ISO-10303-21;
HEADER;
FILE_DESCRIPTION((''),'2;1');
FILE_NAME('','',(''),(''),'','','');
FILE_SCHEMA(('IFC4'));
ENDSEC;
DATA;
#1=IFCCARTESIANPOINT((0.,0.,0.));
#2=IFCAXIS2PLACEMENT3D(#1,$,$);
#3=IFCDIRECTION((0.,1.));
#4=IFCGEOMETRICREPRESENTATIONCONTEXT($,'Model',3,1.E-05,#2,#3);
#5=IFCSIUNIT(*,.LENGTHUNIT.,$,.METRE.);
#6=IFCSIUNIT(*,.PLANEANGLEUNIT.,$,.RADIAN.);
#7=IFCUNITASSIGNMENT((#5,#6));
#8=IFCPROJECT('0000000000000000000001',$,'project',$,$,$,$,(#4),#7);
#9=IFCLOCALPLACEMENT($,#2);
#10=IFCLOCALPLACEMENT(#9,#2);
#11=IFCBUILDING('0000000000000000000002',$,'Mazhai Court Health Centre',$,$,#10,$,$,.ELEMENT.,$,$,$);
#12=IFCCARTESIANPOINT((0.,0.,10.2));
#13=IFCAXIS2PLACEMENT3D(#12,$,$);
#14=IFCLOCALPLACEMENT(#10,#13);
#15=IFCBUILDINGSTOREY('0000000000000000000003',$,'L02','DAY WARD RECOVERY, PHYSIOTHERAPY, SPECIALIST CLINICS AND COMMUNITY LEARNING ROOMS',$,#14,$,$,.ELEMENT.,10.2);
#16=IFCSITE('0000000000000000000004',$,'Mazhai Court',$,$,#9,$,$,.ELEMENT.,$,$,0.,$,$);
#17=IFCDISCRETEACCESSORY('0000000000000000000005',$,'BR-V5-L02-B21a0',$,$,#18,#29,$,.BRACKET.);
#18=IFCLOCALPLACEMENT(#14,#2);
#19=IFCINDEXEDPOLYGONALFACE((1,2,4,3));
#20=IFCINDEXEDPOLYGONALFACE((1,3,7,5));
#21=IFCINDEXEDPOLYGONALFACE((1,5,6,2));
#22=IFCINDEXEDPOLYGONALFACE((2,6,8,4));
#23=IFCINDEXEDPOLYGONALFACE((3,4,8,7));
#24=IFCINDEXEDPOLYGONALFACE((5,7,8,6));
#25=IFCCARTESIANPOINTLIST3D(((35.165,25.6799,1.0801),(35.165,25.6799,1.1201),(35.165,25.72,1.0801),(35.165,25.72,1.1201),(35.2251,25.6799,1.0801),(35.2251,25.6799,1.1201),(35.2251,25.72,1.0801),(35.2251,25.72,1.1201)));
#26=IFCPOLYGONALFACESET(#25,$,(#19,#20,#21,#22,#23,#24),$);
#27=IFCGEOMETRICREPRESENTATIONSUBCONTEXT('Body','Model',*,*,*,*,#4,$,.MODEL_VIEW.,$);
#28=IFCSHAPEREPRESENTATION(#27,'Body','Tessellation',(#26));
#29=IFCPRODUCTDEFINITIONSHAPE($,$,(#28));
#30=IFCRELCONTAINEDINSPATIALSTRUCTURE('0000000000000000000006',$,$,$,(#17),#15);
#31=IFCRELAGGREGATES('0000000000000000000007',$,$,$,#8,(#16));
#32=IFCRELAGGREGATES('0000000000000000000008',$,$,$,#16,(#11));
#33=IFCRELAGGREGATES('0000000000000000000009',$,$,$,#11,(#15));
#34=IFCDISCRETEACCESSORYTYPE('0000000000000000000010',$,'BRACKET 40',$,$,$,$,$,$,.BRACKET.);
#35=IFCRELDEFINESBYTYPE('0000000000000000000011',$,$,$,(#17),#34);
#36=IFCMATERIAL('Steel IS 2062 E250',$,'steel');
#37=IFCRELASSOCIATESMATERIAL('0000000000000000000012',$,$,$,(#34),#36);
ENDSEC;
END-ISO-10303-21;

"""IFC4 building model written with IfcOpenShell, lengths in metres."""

from ifc_helpers import new_model, si_unit, direction, frame, origin, origin_2d, place, context, subcontext, project, spatial, rectangle, extrude, material, type_object, element, save


model = new_model("IFC4")

# Units and contexts
model_context = context("Model", 3, precision=1e-05, world=origin(), true_north=direction((0.0, 1.0)))
body_context = subcontext(model_context, "Body", "Model", "MODEL_VIEW")
ifc_project = project(units=[si_unit("LENGTHUNIT", "METRE"), si_unit("PLANEANGLEUNIT", "RADIAN")], contexts=[model_context])

# Site, building, storey
site_placement = place(None, origin())
site = spatial("IfcSite", under=ifc_project, at=site_placement, Name="Mazhai Court", CompositionType="ELEMENT", RefElevation=0.0)
building_placement = place(site_placement, origin())
building = spatial("IfcBuilding", under=site, at=building_placement, Name="Mazhai Court Health Centre", CompositionType="ELEMENT")
storey_placement = place(building_placement, frame((0.0, 0.0, 10.2)))
storey = spatial("IfcBuildingStorey", under=building, at=storey_placement, Name="L02", Description="DAY WARD RECOVERY, PHYSIOTHERAPY, SPECIALIST CLINICS AND COMMUNITY LEARNING ROOMS", CompositionType="ELEMENT", Elevation=10.2)

# Discrete accessory
ifc_material_1 = material(Name="Steel IS 2062 E250", Category="steel")
discrete_accessory_type = type_object("IfcDiscreteAccessoryType", Name="BRACKET 40", PredefinedType="BRACKET", material=ifc_material_1)
for number, where, z_axis, x_axis, name in (
    (1, (35.1951, 25.7, 1.0801), (0.0, 0.0, 1.0), (0.0, 1.0, 0.0), "BR-V5-L02-B21a0"),
):
    element("IfcDiscreteAccessory", number, at=place(storey_placement, frame(where, z_axis=z_axis, x_axis=x_axis)), inside=storey, type_object=discrete_accessory_type, Name=name, PredefinedType="BRACKET", context=body_context, shape_type="SweptSolid", body=[
        extrude(rectangle(XDim=0.04, YDim=0.0601, at=origin_2d()), origin(), (0.0, 0.0, 1.0), 0.04),
    ])

save(model, "model.ifc")
